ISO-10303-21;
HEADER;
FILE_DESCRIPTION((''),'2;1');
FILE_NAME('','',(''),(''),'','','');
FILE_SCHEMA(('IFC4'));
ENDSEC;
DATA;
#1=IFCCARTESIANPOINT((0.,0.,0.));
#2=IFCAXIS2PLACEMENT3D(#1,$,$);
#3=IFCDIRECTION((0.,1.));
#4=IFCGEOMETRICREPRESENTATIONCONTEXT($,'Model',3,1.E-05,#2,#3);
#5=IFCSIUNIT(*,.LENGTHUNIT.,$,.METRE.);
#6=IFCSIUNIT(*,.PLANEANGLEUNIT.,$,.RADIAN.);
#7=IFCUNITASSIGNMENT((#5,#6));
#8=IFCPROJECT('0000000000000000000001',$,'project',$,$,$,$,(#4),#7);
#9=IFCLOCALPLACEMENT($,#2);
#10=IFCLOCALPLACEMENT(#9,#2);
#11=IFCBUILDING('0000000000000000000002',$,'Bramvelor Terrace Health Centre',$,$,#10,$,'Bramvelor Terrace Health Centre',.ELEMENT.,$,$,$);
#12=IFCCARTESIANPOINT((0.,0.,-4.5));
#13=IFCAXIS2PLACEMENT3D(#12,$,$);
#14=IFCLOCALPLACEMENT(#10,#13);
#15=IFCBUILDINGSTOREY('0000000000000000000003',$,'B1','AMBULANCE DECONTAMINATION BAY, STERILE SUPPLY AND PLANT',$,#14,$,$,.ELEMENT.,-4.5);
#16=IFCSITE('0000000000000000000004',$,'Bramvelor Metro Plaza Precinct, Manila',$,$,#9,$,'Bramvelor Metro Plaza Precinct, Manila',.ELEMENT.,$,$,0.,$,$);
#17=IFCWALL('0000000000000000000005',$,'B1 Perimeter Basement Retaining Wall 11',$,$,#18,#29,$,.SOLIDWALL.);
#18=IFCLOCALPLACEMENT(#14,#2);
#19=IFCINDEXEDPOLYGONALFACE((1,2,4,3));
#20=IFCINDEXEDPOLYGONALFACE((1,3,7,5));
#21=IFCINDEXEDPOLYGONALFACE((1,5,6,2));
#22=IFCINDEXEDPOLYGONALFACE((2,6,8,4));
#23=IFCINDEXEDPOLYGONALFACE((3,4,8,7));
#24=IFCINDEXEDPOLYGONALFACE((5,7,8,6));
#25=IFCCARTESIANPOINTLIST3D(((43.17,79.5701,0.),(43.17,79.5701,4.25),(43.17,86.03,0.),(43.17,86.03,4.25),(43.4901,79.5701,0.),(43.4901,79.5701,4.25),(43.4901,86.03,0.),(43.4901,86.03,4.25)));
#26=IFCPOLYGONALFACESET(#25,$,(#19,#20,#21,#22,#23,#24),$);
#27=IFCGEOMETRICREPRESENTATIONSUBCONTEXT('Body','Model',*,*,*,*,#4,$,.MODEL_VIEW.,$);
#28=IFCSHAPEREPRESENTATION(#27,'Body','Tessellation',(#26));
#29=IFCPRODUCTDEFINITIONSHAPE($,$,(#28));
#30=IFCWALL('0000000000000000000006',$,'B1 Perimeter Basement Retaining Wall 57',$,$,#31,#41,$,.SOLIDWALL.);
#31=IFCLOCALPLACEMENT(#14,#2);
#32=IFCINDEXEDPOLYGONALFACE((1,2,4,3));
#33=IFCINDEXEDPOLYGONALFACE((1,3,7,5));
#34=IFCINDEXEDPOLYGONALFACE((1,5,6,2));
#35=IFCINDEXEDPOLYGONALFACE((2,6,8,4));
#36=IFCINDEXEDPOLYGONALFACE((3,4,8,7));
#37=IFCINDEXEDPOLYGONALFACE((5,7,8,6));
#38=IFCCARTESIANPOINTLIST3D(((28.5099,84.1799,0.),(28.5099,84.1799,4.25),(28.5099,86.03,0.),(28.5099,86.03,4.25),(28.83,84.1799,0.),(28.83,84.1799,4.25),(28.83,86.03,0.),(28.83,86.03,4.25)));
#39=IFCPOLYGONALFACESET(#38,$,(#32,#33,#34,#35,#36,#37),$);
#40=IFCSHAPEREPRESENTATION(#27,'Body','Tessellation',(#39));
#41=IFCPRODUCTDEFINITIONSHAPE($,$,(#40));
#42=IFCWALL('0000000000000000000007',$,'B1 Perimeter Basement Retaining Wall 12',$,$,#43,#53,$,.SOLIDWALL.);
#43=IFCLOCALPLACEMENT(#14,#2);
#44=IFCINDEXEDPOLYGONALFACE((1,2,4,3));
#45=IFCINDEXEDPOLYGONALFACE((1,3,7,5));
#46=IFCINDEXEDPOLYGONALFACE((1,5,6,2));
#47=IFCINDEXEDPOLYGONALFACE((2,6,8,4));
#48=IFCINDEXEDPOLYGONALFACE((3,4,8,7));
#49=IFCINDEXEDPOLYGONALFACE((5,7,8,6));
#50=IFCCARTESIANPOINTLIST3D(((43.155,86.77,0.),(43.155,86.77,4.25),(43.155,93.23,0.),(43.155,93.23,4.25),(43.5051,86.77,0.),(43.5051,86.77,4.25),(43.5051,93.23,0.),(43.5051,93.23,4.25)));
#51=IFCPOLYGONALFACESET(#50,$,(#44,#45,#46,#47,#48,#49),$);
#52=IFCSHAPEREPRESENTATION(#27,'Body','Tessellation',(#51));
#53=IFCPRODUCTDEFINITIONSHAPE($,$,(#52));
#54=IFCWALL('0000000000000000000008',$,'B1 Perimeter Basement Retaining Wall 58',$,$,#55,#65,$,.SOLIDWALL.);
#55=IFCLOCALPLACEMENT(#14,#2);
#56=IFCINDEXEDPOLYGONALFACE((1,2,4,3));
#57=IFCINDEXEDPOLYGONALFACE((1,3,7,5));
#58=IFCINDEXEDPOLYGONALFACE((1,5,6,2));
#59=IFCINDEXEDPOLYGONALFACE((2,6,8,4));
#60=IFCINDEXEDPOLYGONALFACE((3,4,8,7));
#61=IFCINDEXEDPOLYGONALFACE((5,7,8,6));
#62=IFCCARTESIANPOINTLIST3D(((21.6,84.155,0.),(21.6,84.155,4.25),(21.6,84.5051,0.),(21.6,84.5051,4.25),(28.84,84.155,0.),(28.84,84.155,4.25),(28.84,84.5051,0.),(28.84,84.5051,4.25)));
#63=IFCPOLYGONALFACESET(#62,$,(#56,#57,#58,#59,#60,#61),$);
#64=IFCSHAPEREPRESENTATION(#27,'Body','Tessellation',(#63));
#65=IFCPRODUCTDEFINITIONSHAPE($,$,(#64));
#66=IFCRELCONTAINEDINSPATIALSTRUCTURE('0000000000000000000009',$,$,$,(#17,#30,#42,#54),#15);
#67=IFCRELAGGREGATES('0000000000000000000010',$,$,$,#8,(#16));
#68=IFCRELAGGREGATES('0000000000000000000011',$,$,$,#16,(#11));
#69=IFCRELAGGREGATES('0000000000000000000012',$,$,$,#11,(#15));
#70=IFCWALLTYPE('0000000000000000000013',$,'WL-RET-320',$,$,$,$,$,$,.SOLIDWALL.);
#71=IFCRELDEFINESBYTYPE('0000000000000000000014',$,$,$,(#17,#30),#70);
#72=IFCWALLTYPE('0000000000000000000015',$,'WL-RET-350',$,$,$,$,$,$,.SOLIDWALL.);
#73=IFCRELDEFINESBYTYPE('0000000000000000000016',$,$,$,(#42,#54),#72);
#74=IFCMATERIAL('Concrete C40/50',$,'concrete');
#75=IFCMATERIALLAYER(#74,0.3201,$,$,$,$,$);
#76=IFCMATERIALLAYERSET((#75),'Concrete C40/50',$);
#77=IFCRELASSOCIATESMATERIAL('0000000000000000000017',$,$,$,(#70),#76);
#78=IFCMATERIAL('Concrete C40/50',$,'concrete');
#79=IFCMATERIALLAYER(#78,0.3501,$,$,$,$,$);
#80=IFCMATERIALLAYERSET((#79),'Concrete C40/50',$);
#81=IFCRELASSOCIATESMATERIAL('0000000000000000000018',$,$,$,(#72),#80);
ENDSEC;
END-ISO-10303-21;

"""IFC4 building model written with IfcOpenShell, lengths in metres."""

from ifc_helpers import new_model, si_unit, direction, frame, frame_2d, origin, place, context, subcontext, project, spatial, rectangle, extrude, material, layer, layer_set, type_object, element, save


model = new_model("IFC4")

# Units and contexts
model_context = context("Model", 3, precision=1e-05, world=origin(), true_north=direction((0.0, 1.0)))
body_context = subcontext(model_context, "Body", "Model", "MODEL_VIEW")
ifc_project = project(units=[si_unit("LENGTHUNIT", "METRE"), si_unit("PLANEANGLEUNIT", "RADIAN")], contexts=[model_context])

# Site, building, storey
site_placement = place(None, origin())
site = spatial("IfcSite", under=ifc_project, at=site_placement, Name="Bramvelor Metro Plaza Precinct, Manila", LongName="Bramvelor Metro Plaza Precinct, Manila", CompositionType="ELEMENT", RefElevation=0.0)
building_placement = place(site_placement, origin())
building = spatial("IfcBuilding", under=site, at=building_placement, Name="Bramvelor Terrace Health Centre", LongName="Bramvelor Terrace Health Centre", CompositionType="ELEMENT")
storey_placement = place(building_placement, frame((0.0, 0.0, -4.5)))
storey = spatial("IfcBuildingStorey", under=building, at=storey_placement, Name="B1", Description="AMBULANCE DECONTAMINATION BAY, STERILE SUPPLY AND PLANT", CompositionType="ELEMENT", Elevation=-4.5)

# Walls
ifc_material_1 = material(Name="Concrete C40/50", Category="concrete")
ifc_layer_1 = layer(ifc_material_1, 0.3201)
ifc_layer_set_1 = layer_set([ifc_layer_1], Name="Concrete C40/50")
wall_type_1 = type_object("IfcWallType", Name="WL-RET-320", PredefinedType="SOLIDWALL", material=ifc_layer_set_1)
wall_1_placement = place(storey_placement, frame((43.3301, 79.5701, 0.0), z_axis=(0.0, 0.0, 1.0), x_axis=(0.0, 1.0, 0.0)))
element("IfcWall", 1, at=wall_1_placement, inside=storey, type_object=wall_type_1, Name="B1 Perimeter Basement Retaining Wall 11", PredefinedType="SOLIDWALL", context=body_context, shape_type="SweptSolid", body=[
    extrude(rectangle(XDim=6.46, YDim=0.3201, at=frame_2d((3.23, 0.0))), origin(), (0.0, 0.0, 1.0), 4.25),
])
wall_2_placement = place(storey_placement, frame((28.6699, 86.03, 0.0), z_axis=(0.0, 0.0, 1.0), x_axis=(0.0, -1.0, 0.0)))
element("IfcWall", 2, at=wall_2_placement, inside=storey, type_object=wall_type_1, Name="B1 Perimeter Basement Retaining Wall 57", PredefinedType="SOLIDWALL", context=body_context, shape_type="SweptSolid", body=[
    extrude(rectangle(XDim=1.8501, YDim=0.3201, at=frame_2d((0.925, 0.0))), origin(), (0.0, 0.0, 1.0), 4.25),
])
ifc_material_2 = material(Name="Concrete C40/50", Category="concrete")
ifc_layer_2 = layer(ifc_material_2, 0.3501)
ifc_layer_set_2 = layer_set([ifc_layer_2], Name="Concrete C40/50")
wall_type_2 = type_object("IfcWallType", Name="WL-RET-350", PredefinedType="SOLIDWALL", material=ifc_layer_set_2)
wall_3_placement = place(storey_placement, frame((43.3301, 86.77, 0.0), z_axis=(0.0, 0.0, 1.0), x_axis=(0.0, 1.0, 0.0)))
element("IfcWall", 3, at=wall_3_placement, inside=storey, type_object=wall_type_2, Name="B1 Perimeter Basement Retaining Wall 12", PredefinedType="SOLIDWALL", context=body_context, shape_type="SweptSolid", body=[
    extrude(rectangle(XDim=6.46, YDim=0.3501, at=frame_2d((3.23, 0.0))), origin(), (0.0, 0.0, 1.0), 4.25),
])
wall_4_placement = place(storey_placement, frame((28.8401, 84.3301, 0.0), z_axis=(0.0, 0.0, 1.0), x_axis=(-1.0, 0.0, 0.0)))
element("IfcWall", 4, at=wall_4_placement, inside=storey, type_object=wall_type_2, Name="B1 Perimeter Basement Retaining Wall 58", PredefinedType="SOLIDWALL", context=body_context, shape_type="SweptSolid", body=[
    extrude(rectangle(XDim=7.24, YDim=0.3501, at=frame_2d((3.6201, 0.0))), origin(), (0.0, 0.0, 1.0), 4.25),
])

save(model, "model.ifc")
